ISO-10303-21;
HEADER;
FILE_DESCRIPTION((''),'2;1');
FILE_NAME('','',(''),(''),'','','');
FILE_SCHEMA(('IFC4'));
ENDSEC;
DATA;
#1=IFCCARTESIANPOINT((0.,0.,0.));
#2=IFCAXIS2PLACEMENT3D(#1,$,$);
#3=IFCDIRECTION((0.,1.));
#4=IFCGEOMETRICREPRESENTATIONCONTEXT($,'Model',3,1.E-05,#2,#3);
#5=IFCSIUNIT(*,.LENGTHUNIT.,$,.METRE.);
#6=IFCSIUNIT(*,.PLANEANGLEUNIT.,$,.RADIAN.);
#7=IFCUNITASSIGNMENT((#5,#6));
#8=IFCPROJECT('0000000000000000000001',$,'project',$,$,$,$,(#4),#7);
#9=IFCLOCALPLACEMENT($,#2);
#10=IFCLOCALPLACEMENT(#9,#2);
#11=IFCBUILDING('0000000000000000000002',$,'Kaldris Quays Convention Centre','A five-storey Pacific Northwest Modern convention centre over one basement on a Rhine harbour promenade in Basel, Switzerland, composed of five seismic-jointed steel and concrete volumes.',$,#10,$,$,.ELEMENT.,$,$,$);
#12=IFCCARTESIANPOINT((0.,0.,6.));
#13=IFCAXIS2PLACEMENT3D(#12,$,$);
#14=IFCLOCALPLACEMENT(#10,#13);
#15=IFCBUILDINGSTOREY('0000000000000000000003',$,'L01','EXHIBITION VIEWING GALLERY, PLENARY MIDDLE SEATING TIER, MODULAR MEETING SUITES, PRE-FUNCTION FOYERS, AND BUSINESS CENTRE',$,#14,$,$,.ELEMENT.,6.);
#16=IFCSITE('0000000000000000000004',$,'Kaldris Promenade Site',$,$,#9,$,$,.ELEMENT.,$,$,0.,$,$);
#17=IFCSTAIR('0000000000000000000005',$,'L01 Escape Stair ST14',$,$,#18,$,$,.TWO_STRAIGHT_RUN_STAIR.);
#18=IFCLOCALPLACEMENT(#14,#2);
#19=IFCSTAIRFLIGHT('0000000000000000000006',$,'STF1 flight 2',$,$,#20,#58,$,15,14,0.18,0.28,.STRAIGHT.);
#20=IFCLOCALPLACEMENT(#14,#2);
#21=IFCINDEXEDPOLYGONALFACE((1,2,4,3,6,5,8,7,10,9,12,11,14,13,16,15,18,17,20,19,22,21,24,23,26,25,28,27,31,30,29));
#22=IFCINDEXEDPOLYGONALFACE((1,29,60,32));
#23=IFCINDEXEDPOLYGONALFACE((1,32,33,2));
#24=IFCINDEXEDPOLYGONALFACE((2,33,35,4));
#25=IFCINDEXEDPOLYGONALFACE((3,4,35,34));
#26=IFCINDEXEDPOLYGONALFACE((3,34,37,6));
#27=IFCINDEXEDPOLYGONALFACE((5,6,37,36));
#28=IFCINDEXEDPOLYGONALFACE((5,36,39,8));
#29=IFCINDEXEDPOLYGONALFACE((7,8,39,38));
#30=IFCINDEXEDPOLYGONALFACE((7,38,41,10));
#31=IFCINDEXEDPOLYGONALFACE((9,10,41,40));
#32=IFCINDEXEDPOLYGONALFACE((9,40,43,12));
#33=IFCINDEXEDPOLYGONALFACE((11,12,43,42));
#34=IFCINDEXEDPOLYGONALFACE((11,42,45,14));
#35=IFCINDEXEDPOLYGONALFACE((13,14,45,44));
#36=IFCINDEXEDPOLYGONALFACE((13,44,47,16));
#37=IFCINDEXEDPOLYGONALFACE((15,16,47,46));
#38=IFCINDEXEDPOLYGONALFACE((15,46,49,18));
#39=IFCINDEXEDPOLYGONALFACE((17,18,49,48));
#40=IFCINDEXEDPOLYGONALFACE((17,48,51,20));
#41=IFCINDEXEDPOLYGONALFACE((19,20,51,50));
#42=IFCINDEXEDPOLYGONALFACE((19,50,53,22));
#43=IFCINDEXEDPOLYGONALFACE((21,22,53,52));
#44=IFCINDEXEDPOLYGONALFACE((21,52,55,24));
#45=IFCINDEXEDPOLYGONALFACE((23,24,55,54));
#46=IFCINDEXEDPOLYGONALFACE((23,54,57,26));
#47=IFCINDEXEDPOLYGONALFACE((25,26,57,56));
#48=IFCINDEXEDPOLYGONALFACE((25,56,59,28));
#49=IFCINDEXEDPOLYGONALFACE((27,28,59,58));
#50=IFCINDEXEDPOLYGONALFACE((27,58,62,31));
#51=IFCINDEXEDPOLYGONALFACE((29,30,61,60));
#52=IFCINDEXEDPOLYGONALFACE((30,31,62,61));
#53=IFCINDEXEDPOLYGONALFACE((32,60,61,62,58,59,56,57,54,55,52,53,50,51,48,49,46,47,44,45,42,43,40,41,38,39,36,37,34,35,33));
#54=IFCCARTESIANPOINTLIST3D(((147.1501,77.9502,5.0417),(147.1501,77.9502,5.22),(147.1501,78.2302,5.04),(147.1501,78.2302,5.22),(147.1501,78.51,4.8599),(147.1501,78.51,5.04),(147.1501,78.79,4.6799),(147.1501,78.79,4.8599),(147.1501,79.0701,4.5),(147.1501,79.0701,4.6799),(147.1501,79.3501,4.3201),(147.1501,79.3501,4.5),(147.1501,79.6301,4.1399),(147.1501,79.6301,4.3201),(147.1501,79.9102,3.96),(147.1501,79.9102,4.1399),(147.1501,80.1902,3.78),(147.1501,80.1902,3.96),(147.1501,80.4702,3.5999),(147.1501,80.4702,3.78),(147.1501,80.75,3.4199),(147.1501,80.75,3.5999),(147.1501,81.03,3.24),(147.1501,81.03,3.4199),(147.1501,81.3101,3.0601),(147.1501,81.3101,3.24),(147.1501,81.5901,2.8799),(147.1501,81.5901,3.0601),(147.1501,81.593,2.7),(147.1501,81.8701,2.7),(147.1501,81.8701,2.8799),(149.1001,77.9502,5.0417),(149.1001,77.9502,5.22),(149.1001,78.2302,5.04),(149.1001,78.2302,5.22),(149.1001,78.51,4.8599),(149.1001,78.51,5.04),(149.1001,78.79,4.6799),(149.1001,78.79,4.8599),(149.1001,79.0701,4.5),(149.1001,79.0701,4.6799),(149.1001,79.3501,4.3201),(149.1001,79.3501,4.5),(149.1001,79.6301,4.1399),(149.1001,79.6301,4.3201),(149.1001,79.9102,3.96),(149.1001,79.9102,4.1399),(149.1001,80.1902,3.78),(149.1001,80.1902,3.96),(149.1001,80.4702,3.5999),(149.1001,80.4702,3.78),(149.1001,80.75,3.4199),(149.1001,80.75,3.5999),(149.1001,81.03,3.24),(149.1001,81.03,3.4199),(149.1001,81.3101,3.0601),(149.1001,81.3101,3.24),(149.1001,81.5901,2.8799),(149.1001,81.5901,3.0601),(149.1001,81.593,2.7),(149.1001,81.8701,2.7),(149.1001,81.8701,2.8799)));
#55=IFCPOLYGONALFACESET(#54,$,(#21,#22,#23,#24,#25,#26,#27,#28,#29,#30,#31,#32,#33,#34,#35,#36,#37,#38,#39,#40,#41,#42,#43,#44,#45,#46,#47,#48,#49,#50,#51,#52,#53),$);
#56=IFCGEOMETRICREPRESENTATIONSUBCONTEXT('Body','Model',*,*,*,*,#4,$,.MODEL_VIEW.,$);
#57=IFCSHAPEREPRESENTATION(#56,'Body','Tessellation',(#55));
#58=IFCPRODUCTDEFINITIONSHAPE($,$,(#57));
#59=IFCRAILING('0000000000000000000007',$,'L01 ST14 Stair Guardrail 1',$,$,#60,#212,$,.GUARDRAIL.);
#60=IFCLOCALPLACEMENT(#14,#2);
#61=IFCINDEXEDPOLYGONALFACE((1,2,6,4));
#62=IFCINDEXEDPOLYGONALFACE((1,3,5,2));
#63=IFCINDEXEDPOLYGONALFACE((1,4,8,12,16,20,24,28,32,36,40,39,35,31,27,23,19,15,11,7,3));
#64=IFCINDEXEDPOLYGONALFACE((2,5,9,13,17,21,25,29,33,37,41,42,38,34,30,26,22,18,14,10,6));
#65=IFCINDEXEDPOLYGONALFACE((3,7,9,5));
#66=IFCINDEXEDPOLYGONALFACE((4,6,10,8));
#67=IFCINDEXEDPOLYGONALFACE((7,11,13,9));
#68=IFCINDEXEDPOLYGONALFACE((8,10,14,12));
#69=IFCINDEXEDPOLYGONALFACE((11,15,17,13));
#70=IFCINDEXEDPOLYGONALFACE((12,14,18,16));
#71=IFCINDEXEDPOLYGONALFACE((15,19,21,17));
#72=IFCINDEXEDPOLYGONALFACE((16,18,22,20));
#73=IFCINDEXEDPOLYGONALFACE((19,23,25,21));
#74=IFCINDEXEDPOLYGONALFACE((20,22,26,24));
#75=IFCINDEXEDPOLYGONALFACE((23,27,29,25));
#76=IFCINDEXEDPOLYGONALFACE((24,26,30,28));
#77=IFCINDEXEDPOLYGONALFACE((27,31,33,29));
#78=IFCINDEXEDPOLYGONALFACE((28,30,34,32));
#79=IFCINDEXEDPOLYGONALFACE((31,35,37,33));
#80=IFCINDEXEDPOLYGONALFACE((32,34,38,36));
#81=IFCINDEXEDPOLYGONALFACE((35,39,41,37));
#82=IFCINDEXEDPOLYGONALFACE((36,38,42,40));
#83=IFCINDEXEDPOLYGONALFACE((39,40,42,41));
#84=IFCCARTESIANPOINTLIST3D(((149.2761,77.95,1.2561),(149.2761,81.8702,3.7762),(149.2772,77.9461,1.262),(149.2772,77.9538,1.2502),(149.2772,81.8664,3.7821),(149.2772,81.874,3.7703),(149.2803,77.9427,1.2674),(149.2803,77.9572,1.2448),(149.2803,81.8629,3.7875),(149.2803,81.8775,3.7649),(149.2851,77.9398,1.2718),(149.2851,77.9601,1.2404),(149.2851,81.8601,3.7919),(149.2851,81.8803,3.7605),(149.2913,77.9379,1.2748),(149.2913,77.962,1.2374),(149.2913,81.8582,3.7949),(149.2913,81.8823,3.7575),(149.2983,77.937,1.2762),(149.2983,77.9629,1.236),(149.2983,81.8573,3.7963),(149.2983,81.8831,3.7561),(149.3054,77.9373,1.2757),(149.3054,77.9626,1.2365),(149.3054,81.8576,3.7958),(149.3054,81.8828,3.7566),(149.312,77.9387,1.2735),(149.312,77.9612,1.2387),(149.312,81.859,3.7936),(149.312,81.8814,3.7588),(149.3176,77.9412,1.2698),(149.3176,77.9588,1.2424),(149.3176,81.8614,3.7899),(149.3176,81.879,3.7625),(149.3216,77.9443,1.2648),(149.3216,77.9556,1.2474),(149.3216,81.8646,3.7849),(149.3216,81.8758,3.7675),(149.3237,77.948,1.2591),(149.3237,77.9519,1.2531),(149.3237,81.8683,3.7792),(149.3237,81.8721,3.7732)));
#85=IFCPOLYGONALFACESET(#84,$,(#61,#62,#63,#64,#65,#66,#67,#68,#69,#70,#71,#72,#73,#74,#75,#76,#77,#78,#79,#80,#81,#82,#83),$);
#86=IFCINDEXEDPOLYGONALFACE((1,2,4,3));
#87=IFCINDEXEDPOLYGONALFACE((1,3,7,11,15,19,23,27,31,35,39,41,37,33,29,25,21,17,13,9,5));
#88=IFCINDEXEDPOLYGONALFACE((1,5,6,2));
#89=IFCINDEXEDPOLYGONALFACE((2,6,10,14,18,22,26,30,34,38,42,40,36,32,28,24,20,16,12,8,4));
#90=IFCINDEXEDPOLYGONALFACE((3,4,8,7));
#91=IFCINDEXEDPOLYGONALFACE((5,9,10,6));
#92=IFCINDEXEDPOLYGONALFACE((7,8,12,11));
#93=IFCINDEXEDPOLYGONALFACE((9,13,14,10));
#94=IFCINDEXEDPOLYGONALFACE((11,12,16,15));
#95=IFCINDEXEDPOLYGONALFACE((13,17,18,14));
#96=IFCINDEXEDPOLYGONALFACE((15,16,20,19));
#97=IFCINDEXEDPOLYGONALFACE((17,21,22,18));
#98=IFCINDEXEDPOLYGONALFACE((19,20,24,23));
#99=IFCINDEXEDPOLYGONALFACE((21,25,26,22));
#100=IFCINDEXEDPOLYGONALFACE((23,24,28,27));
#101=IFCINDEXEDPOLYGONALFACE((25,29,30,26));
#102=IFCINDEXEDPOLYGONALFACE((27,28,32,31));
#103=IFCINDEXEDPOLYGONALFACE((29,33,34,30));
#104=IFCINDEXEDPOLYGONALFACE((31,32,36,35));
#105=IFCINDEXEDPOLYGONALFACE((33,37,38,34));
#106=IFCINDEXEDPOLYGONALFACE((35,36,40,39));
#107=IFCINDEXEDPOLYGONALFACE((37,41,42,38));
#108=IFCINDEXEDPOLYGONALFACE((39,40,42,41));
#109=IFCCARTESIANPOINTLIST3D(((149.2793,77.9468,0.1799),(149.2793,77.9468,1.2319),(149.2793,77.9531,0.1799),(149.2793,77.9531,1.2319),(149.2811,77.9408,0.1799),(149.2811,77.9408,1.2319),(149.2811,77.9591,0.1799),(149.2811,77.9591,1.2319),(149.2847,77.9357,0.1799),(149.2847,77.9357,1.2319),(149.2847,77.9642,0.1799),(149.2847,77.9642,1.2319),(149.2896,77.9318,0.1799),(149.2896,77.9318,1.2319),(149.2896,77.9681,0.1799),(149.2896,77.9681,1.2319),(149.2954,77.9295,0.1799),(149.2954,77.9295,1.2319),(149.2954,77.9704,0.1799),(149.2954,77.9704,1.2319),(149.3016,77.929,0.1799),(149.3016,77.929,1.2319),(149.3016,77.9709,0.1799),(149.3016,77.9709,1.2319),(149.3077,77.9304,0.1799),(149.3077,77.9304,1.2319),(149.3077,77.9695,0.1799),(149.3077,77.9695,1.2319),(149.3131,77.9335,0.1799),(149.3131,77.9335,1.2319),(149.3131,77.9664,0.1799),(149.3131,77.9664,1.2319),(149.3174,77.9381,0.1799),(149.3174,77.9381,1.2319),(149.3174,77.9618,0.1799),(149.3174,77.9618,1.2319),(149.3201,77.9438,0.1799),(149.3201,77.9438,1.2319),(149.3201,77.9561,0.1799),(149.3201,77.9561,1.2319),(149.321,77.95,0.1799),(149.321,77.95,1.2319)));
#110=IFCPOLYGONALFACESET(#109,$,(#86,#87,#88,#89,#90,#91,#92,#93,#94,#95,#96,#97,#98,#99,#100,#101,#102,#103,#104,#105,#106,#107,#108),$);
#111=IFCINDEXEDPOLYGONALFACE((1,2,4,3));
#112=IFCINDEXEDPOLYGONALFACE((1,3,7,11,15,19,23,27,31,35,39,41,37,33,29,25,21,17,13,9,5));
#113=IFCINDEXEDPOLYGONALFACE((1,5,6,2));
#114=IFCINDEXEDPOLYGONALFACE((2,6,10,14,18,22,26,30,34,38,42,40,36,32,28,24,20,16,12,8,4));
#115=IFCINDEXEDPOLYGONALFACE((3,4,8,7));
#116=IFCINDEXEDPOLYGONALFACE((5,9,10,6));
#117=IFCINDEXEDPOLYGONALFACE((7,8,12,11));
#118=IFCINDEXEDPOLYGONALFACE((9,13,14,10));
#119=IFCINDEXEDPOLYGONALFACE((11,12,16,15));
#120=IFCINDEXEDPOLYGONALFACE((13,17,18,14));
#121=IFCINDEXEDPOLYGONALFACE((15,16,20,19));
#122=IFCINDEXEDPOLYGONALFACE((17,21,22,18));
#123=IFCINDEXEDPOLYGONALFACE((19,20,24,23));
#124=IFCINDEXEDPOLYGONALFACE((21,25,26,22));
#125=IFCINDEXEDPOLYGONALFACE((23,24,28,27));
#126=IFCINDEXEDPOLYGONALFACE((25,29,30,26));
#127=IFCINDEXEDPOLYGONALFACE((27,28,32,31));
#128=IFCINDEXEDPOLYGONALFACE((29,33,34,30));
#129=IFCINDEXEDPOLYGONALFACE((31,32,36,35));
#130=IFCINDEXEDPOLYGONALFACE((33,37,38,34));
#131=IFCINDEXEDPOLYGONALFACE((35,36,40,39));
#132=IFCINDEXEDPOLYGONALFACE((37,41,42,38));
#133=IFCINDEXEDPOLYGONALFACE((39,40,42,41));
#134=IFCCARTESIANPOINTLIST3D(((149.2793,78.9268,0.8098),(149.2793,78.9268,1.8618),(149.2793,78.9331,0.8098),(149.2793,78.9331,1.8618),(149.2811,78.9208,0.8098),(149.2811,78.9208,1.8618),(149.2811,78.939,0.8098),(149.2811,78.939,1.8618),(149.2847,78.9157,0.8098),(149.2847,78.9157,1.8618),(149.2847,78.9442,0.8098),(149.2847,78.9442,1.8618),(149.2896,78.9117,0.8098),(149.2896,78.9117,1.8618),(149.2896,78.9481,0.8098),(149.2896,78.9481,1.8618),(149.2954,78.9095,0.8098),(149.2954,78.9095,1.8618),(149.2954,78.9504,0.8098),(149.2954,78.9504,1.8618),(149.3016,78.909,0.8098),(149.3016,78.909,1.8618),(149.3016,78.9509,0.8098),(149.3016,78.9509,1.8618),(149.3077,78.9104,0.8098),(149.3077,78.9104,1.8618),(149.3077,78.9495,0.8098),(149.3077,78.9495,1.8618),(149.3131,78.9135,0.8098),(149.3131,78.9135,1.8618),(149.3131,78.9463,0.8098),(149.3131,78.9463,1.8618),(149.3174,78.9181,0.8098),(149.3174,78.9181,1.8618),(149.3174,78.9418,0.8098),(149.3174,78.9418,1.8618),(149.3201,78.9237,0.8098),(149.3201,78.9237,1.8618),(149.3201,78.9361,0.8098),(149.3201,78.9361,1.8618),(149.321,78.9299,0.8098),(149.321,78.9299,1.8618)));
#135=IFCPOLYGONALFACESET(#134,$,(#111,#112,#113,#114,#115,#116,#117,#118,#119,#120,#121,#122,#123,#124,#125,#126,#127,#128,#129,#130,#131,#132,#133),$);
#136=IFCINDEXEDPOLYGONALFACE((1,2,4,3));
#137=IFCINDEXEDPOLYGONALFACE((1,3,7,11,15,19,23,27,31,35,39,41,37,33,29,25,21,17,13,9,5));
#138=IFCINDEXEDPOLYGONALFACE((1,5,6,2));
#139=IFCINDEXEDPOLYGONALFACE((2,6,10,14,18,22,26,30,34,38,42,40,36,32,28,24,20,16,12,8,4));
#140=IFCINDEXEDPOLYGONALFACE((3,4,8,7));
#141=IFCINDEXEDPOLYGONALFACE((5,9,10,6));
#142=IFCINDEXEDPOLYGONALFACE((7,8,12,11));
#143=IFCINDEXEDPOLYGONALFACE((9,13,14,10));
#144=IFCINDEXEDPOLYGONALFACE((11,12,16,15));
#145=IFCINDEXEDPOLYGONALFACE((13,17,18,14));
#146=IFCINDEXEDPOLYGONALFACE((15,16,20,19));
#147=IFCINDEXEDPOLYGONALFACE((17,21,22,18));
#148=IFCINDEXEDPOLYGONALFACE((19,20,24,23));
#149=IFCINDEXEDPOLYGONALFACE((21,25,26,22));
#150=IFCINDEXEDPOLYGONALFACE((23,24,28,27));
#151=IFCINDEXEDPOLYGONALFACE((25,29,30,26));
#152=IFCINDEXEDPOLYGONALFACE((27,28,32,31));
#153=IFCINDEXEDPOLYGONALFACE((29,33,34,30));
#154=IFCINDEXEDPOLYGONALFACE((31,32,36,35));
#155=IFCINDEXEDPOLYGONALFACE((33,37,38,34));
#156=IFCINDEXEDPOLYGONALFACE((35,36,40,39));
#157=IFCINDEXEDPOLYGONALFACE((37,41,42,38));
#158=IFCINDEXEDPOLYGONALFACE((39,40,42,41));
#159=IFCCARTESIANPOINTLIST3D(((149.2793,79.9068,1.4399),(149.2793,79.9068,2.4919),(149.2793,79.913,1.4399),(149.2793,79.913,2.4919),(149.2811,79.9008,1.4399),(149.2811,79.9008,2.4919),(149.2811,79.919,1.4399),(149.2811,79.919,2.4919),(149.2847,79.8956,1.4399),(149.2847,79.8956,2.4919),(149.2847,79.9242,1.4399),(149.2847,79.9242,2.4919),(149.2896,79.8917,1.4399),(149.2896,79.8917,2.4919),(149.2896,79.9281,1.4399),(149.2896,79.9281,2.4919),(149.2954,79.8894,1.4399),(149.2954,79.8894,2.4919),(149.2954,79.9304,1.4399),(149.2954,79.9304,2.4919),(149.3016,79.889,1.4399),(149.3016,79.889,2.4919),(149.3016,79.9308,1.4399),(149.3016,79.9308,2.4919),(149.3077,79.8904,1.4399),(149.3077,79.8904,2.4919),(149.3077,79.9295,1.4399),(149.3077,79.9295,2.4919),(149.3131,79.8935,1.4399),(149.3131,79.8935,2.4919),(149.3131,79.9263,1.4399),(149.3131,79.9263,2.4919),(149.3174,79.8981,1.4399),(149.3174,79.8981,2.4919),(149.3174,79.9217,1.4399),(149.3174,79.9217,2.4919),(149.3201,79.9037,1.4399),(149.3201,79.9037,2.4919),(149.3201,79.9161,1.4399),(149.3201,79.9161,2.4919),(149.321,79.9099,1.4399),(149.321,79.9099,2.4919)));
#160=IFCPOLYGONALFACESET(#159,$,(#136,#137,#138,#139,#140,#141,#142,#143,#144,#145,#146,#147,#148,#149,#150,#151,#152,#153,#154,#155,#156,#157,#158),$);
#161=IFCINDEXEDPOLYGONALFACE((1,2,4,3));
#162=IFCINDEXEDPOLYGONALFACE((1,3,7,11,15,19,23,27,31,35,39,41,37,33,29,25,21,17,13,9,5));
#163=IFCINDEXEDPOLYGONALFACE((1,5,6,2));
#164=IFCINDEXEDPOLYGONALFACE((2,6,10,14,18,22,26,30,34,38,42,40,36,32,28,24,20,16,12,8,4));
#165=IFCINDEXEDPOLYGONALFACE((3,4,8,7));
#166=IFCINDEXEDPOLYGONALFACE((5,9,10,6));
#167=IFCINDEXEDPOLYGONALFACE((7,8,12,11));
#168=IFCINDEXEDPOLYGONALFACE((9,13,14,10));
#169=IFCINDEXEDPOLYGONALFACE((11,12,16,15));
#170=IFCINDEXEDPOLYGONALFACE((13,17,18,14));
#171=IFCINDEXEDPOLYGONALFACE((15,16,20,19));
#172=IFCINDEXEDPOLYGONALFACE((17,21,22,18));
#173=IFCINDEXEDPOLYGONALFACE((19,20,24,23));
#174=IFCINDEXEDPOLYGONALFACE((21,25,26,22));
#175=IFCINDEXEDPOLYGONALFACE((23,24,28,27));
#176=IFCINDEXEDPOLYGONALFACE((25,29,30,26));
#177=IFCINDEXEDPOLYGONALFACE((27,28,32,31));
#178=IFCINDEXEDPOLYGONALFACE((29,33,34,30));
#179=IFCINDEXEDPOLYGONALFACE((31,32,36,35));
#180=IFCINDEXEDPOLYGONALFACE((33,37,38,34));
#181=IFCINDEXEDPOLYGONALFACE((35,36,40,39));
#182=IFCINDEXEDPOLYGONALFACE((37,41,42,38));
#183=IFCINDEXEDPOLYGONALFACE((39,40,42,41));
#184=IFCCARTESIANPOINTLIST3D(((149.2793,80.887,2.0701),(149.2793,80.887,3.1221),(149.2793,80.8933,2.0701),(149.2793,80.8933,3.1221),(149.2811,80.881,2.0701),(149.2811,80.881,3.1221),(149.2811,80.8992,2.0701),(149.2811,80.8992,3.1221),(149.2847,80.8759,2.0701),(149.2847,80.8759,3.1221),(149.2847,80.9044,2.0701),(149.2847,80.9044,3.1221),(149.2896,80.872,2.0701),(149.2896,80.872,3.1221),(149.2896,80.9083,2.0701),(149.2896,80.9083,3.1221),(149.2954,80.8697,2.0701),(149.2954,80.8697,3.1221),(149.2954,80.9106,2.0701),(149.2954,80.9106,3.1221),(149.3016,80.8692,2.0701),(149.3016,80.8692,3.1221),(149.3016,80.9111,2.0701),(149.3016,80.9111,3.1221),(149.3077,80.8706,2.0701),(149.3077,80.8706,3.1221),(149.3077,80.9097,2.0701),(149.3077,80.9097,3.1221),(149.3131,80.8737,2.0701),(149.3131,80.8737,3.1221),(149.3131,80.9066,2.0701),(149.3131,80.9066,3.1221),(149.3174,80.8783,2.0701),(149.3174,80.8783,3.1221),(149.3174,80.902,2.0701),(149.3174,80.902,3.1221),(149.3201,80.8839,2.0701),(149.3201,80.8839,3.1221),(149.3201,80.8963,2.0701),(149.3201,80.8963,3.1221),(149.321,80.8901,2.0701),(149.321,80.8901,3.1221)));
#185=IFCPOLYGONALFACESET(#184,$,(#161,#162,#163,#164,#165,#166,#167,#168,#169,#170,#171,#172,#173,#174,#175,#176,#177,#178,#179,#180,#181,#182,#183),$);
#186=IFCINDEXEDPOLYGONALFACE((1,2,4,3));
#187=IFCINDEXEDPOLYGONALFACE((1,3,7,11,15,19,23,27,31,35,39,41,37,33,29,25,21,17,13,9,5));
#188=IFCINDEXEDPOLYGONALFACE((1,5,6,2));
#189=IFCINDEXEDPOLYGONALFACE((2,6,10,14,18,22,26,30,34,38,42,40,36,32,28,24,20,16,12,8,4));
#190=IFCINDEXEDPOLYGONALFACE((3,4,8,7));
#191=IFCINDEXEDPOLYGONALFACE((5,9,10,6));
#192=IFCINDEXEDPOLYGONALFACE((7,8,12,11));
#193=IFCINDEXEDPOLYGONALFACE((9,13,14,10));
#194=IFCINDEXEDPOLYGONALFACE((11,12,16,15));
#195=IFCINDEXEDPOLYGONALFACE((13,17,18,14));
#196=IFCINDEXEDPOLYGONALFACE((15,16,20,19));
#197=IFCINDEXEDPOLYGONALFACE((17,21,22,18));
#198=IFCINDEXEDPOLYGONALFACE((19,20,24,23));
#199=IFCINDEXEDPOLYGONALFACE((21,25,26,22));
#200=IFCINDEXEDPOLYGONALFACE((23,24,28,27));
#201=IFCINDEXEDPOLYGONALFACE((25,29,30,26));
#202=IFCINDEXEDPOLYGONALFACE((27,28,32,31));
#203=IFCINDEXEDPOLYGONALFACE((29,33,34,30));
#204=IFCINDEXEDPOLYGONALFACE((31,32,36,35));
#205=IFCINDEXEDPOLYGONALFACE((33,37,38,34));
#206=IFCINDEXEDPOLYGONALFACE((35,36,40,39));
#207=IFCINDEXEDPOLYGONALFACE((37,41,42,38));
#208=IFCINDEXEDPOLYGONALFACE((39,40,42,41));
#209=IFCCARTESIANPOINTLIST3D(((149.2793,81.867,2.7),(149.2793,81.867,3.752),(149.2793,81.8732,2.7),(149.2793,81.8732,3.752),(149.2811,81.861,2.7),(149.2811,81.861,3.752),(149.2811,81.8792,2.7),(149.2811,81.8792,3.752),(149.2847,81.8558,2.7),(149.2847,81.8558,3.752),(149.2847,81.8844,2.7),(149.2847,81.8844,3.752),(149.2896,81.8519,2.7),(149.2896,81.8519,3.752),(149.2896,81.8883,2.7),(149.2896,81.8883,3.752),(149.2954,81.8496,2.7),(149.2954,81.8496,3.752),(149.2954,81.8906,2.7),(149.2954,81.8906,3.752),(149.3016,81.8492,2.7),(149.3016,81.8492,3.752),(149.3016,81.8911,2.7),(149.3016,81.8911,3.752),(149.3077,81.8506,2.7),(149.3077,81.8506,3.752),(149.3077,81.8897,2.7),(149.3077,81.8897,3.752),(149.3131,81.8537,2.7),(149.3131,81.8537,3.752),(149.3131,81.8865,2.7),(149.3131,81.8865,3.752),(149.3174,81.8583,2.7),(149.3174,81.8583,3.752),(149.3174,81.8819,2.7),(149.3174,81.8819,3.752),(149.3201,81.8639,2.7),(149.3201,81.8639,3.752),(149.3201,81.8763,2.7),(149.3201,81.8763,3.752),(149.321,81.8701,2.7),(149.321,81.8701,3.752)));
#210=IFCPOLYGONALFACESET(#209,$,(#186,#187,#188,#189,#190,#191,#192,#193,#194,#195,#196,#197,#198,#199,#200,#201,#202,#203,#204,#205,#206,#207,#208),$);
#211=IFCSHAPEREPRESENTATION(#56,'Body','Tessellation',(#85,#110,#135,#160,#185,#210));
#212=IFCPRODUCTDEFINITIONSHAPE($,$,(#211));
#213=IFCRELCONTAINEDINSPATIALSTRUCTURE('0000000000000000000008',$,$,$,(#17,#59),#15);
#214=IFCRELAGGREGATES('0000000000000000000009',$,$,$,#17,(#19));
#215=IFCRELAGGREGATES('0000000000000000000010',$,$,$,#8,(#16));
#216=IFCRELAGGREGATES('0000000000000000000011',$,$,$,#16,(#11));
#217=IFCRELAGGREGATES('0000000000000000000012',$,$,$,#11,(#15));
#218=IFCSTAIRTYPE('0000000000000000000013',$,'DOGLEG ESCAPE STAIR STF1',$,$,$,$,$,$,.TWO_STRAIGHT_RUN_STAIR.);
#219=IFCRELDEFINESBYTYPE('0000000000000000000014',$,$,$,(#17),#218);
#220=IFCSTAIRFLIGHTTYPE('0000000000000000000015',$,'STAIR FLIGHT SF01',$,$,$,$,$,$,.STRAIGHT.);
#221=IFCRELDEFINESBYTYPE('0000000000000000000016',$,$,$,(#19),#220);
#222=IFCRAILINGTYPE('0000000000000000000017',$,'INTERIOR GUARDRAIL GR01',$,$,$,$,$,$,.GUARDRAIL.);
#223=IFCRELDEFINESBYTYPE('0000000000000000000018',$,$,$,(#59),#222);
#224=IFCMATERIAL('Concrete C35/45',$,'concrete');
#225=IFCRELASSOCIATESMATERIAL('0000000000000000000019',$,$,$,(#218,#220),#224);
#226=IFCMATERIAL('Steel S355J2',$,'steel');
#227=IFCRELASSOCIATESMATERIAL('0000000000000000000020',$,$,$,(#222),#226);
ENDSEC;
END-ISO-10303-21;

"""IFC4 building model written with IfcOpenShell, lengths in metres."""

from ifc_helpers import new_model, si_unit, direction, frame, origin, origin_2d, place, context, subcontext, project, spatial, polyline, circle, outline, extrude, material, type_object, element, aggregate, save


model = new_model("IFC4")

# Units and contexts
model_context = context("Model", 3, precision=1e-05, world=origin(), true_north=direction((0.0, 1.0)))
body_context = subcontext(model_context, "Body", "Model", "MODEL_VIEW")
ifc_project = project(units=[si_unit("LENGTHUNIT", "METRE"), si_unit("PLANEANGLEUNIT", "RADIAN")], contexts=[model_context])

# Site, building, storey
site_placement = place(None, origin())
site = spatial("IfcSite", under=ifc_project, at=site_placement, Name="Kaldris Promenade Site", CompositionType="ELEMENT", RefElevation=0.0)
building_placement = place(site_placement, origin())
building = spatial("IfcBuilding", under=site, at=building_placement, Name="Kaldris Quays Convention Centre", Description="A five-storey Pacific Northwest Modern convention centre over one basement on a Rhine harbour promenade in Basel, Switzerland, composed of five seismic-jointed steel and concrete volumes.", CompositionType="ELEMENT")
storey_placement = place(building_placement, frame((0.0, 0.0, 6.0)))
storey = spatial("IfcBuildingStorey", under=building, at=storey_placement, Name="L01", Description="EXHIBITION VIEWING GALLERY, PLENARY MIDDLE SEATING TIER, MODULAR MEETING SUITES, PRE-FUNCTION FOYERS, AND BUSINESS CENTRE", CompositionType="ELEMENT", Elevation=6.0)

# Shared definitions
ifc_material_1 = material(Name="Steel S355J2", Category="steel")

# Stair, stair flight
ifc_material_2 = material(Name="Concrete C35/45", Category="concrete")
stair_type = type_object("IfcStairType", Name="DOGLEG ESCAPE STAIR STF1", PredefinedType="TWO_STRAIGHT_RUN_STAIR", material=ifc_material_2)
stair_placement = place(storey_placement, origin())
stair = element("IfcStair", 1, at=stair_placement, inside=storey, type_object=stair_type, Name="L01 Escape Stair ST14", PredefinedType="TWO_STRAIGHT_RUN_STAIR")
stair_flight_type = type_object("IfcStairFlightType", Name="STAIR FLIGHT SF01", PredefinedType="STRAIGHT", material=ifc_material_2)
stair_flight_1_placement = place(storey_placement, frame((148.125, 81.8701, 2.7), z_axis=(0.0, 0.0, 1.0), x_axis=(0.0, -1.0, 0.0)))
stair_flight_1 = element("IfcStairFlight", 2, at=stair_flight_1_placement, type_object=stair_flight_type, Name="STF1 flight 2", NumberOfRisers=15, NumberOfTreads=14, PredefinedType="STRAIGHT", RiserHeight=0.18, TreadLength=0.28, context=body_context, shape_type="SweptSolid", body=[
    extrude(outline(polyline([(0.0, 0.0), (0.0, 0.1799), (0.28, 0.1799), (0.28, 0.3601), (0.5601, 0.3601), (0.5601, 0.54), (0.8401, 0.54), (0.8401, 0.72), (1.1201, 0.72), (1.1201, 0.8999), (1.3999, 0.8999), (1.3999, 1.0801), (1.6799, 1.0801), (1.6799, 1.26), (1.96, 1.26), (1.96, 1.4399), (2.24, 1.4399), (2.24, 1.6201), (2.52, 1.6201), (2.52, 1.8), (2.8, 1.8), (2.8, 1.98), (3.0801, 1.98), (3.0801, 2.1599), (3.3601, 2.1599), (3.3601, 2.3401), (3.6399, 2.3401), (3.6399, 2.52), (3.9199, 2.52), (3.9199, 2.7), (3.9199, 2.3418), (0.2771, 0.0), (0.0, 0.0)])), frame((0.0, 0.9751, 0.0), z_axis=(0.0, -1.0, 0.0), x_axis=(1.0, 0.0, 0.0)), (0.0, 0.0, 1.0), 1.95),
])
aggregate(stair, [stair_flight_1])

# Railing
railing_type_1 = type_object("IfcRailingType", Name="INTERIOR GUARDRAIL GR01", PredefinedType="GUARDRAIL", material=ifc_material_1)
railing_1_placement = place(storey_placement, frame((149.3, 77.95, 0.1799)))
element("IfcRailing", 3, at=railing_1_placement, inside=storey, type_object=railing_type_1, Name="L01 ST14 Stair Guardrail 1", PredefinedType="GUARDRAIL", context=body_context, shape_type="SweptSolid", body=[
    extrude(circle(Radius=0.0239, at=origin_2d()), frame((0.0, 0.0, 1.0762), z_axis=(0.0, 0.841187, 0.540744), x_axis=(-1.0, 0.0, 0.0)), (0.0, 0.0, 1.0), 4.6604),
    extrude(circle(Radius=0.021, at=origin_2d()), origin(), (0.0, 0.0, 1.0), 1.052),
    extrude(circle(Radius=0.021, at=origin_2d()), frame((0.0, 0.98, 0.6299)), (0.0, 0.0, 1.0), 1.052),
    extrude(circle(Radius=0.021, at=origin_2d()), frame((0.0, 1.96, 1.26)), (0.0, 0.0, 1.0), 1.052),
    extrude(circle(Radius=0.021, at=origin_2d()), frame((0.0, 2.9402, 1.8901)), (0.0, 0.0, 1.0), 1.052),
    extrude(circle(Radius=0.021, at=origin_2d()), frame((0.0, 3.9202, 2.52)), (0.0, 0.0, 1.0), 1.052),
])

save(model, "model.ifc")
